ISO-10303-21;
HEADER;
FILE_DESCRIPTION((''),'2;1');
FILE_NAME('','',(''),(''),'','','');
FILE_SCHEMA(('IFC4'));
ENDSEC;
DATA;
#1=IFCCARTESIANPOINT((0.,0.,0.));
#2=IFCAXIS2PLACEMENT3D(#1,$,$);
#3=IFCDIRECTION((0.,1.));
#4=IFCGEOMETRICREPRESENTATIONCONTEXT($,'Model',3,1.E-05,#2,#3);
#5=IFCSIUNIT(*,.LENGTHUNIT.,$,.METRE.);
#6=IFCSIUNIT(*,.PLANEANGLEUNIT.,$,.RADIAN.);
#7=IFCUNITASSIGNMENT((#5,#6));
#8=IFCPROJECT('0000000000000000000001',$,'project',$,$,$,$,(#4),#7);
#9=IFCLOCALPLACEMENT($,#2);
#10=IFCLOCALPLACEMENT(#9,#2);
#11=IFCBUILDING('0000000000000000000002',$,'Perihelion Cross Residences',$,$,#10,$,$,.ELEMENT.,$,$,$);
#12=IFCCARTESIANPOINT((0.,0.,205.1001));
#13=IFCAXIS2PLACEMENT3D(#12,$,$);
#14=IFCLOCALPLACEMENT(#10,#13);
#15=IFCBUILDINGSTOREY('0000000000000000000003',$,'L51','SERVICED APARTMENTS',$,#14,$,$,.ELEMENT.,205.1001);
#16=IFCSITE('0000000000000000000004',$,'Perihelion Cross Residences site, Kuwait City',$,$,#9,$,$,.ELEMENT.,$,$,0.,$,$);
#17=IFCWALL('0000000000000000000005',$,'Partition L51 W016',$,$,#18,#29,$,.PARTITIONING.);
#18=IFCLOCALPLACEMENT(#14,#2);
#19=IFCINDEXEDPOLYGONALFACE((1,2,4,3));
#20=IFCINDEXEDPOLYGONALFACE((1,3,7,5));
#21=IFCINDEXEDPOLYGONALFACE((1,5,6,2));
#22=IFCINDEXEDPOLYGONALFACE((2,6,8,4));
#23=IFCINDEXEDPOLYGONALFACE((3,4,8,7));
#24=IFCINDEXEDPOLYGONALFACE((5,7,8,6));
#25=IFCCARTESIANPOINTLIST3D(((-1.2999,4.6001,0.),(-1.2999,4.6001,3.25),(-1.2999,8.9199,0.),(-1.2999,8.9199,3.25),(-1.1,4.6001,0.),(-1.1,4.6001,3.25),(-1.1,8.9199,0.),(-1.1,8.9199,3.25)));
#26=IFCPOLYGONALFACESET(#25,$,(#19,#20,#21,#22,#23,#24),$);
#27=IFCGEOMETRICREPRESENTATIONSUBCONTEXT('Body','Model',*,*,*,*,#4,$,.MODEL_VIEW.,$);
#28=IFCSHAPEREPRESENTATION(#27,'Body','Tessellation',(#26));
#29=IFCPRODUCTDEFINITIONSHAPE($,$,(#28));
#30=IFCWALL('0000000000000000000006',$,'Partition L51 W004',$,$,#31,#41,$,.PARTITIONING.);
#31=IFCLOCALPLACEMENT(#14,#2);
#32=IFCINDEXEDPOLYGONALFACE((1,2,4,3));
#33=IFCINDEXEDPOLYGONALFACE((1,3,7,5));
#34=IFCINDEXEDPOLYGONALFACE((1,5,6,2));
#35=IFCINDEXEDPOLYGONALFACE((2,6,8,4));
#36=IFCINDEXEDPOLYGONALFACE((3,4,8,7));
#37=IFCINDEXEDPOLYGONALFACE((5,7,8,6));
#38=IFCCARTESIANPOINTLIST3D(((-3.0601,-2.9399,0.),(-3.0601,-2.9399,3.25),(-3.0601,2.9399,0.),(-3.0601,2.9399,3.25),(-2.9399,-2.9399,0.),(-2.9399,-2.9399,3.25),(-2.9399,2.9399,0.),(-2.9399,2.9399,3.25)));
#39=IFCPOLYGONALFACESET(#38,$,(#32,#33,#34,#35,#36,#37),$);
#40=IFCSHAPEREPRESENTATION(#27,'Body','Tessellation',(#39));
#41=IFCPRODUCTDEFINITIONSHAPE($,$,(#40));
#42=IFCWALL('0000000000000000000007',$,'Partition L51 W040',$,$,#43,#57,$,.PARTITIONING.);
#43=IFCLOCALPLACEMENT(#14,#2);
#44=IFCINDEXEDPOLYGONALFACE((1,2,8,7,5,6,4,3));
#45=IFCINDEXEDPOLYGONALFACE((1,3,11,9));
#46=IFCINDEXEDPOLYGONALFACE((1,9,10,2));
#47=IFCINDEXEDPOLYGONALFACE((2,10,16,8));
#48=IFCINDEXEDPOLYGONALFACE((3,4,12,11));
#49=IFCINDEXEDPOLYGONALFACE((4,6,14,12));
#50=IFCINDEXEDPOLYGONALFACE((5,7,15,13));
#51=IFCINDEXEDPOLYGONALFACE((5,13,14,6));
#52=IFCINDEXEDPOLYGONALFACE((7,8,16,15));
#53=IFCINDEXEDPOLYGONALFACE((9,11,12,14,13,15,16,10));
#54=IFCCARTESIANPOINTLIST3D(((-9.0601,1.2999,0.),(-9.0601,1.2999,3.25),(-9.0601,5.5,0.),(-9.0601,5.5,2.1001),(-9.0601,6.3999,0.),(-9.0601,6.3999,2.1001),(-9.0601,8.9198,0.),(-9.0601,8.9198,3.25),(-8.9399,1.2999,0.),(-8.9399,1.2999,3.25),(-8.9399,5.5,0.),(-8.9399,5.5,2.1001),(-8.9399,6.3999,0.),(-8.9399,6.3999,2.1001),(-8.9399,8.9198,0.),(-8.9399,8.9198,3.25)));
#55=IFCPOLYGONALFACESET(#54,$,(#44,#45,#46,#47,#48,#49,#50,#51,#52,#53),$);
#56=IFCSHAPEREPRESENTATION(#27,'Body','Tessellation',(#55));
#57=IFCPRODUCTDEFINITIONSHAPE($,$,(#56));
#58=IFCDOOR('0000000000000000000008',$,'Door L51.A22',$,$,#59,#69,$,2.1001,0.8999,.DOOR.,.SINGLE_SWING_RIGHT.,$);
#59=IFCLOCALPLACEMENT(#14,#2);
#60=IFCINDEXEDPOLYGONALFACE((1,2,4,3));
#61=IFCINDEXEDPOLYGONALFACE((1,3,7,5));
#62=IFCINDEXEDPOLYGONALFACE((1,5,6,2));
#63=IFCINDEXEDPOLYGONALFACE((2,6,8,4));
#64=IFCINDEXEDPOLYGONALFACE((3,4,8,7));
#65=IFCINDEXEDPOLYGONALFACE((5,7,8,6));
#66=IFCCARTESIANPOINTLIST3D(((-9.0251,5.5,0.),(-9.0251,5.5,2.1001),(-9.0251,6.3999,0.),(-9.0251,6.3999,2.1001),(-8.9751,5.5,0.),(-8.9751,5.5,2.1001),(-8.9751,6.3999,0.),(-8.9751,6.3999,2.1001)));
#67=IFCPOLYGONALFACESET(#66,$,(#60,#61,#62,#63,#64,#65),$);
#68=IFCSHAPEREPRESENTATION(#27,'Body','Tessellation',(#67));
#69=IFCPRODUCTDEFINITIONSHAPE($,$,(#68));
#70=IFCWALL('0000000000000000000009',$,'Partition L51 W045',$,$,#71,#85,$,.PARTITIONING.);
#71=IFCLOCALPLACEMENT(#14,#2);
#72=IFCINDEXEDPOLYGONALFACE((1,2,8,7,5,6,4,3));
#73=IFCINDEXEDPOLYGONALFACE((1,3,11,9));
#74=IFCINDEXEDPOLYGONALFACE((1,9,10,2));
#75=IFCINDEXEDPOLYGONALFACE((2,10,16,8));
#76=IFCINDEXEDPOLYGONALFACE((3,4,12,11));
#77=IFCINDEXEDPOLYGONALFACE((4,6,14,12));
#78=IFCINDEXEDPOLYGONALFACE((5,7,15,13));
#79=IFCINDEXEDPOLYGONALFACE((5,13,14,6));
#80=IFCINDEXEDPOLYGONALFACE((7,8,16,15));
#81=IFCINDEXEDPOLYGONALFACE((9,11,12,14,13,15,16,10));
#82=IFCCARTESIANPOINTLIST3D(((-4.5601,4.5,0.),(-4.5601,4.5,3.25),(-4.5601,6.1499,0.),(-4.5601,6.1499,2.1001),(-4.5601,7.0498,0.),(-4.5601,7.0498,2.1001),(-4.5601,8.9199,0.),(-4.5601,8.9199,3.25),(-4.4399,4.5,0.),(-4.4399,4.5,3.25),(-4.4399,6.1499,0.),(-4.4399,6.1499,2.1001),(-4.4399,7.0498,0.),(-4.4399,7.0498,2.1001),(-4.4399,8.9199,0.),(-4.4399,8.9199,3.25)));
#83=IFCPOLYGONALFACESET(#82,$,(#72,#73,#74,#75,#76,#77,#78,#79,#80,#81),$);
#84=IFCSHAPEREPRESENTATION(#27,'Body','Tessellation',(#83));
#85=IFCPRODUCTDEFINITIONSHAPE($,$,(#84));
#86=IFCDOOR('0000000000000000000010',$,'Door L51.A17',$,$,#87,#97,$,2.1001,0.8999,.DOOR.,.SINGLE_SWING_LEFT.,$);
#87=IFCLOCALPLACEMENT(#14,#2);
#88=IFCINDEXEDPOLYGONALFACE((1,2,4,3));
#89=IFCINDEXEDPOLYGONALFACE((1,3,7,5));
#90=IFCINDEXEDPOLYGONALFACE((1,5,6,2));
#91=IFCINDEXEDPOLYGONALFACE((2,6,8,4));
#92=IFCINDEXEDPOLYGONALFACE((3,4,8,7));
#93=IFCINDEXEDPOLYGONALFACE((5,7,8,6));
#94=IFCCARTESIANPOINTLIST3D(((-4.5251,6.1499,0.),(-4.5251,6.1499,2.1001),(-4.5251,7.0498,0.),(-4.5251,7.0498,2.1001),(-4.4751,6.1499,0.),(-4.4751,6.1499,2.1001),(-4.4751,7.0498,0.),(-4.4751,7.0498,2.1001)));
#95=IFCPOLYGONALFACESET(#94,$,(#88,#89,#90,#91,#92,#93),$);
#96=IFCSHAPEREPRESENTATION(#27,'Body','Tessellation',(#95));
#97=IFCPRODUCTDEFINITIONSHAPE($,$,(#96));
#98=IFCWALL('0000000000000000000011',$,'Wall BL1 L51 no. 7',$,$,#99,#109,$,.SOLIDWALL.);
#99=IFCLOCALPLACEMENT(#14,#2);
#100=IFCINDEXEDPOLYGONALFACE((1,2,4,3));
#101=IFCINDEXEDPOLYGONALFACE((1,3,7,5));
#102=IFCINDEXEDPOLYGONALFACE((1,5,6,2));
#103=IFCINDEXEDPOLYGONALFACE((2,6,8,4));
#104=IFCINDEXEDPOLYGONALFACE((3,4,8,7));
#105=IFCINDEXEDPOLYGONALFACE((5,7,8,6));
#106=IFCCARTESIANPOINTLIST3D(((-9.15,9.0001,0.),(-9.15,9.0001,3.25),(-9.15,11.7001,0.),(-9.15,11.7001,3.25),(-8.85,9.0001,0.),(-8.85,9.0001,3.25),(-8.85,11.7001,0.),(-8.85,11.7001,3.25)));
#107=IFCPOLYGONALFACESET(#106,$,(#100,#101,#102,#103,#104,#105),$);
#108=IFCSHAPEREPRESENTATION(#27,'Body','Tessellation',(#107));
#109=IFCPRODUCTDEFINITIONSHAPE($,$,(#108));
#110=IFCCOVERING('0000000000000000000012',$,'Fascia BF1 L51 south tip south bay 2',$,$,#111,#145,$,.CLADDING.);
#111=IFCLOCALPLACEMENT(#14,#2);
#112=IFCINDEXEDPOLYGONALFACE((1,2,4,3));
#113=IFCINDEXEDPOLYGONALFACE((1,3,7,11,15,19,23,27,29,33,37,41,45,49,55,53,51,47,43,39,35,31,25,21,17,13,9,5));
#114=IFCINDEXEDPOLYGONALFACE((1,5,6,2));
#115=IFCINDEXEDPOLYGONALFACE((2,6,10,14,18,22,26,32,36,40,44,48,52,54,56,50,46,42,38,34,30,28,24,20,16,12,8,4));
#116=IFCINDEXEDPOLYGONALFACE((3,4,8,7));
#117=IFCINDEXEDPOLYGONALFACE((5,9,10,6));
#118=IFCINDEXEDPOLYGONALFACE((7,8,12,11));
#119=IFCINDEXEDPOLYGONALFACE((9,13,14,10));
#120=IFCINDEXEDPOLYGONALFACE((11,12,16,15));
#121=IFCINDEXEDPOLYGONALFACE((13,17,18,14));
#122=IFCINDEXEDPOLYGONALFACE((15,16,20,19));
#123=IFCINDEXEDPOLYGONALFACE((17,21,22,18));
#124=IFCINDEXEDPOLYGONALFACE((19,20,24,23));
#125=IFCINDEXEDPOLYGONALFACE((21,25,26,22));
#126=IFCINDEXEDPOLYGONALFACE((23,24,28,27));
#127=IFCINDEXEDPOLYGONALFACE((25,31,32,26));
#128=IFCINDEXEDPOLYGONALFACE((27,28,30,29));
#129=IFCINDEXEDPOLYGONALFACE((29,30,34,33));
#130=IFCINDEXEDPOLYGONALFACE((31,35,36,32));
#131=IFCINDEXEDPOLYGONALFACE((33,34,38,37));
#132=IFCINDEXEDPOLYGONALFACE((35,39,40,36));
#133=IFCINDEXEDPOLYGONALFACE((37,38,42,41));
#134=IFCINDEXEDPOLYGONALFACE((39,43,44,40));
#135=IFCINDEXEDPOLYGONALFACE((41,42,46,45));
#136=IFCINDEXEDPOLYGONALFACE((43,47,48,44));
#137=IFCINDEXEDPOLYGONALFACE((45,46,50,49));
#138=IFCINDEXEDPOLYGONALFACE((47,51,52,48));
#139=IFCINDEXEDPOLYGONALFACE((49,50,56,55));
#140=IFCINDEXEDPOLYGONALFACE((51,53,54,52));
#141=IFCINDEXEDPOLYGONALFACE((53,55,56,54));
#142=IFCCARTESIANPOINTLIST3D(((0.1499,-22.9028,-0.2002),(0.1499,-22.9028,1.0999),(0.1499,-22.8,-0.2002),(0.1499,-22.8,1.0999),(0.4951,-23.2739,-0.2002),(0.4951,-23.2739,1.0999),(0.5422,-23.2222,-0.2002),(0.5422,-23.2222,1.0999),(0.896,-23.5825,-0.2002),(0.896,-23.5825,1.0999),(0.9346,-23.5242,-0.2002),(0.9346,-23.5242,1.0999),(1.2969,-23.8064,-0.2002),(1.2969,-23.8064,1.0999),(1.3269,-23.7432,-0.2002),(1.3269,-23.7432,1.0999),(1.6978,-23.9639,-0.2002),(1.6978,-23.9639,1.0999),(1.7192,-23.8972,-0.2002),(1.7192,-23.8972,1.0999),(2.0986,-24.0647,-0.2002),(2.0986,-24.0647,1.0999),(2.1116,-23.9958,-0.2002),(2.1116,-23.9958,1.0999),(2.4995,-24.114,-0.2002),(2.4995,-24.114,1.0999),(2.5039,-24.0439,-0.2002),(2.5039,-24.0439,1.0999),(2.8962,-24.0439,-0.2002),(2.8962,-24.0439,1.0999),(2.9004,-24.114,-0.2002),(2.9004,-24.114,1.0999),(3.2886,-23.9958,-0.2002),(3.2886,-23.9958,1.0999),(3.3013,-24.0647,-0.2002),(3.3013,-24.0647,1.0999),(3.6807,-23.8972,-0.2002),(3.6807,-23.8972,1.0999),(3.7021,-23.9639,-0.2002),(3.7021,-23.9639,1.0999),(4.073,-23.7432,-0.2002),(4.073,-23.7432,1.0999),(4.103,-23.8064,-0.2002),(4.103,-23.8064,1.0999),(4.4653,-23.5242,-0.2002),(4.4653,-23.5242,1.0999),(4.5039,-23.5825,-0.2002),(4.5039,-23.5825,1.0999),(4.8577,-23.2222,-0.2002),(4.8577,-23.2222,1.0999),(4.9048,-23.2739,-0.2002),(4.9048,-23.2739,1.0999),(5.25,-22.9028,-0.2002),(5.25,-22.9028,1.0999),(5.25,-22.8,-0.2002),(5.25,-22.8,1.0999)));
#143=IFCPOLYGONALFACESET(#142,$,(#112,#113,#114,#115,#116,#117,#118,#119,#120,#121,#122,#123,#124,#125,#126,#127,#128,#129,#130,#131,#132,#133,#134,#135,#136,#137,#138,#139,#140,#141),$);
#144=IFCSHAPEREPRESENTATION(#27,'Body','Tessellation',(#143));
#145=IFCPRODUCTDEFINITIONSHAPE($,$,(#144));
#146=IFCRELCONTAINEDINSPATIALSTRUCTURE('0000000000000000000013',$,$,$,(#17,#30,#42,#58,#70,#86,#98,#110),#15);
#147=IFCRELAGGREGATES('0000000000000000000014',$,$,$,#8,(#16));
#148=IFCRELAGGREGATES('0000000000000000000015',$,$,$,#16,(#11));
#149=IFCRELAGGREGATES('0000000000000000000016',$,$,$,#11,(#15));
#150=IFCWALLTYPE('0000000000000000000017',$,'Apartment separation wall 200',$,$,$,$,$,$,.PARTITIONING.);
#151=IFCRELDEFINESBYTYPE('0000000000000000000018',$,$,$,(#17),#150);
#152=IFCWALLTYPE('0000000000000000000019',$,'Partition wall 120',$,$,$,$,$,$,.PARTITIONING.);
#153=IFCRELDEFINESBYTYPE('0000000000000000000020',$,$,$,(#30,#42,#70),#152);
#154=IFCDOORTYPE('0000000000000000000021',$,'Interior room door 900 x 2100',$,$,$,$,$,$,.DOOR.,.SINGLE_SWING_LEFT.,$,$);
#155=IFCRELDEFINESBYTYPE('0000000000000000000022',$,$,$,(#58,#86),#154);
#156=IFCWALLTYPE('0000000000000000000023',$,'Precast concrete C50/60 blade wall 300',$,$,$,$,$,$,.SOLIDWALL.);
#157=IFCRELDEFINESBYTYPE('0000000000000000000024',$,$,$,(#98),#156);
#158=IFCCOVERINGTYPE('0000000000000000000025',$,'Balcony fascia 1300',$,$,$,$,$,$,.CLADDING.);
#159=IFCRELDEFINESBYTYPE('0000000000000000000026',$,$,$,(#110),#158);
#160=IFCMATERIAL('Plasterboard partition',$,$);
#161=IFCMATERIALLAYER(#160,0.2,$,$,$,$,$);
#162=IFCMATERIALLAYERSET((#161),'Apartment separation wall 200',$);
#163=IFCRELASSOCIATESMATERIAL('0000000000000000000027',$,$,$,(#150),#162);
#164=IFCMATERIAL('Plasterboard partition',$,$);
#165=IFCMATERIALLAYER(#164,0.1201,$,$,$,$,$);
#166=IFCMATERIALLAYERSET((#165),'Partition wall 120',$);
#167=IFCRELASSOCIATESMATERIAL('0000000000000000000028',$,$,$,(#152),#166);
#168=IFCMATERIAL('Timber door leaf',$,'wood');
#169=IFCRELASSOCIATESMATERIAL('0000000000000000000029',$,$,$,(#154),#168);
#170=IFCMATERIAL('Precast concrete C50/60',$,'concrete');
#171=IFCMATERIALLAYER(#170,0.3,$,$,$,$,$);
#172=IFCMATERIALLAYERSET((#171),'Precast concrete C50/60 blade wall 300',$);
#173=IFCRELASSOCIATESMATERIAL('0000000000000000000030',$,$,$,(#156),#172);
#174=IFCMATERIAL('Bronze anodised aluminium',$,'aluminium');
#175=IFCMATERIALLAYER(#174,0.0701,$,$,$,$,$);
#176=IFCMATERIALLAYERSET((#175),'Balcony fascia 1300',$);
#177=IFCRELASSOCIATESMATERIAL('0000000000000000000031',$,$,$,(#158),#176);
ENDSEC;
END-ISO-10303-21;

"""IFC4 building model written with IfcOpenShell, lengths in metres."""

from ifc_helpers import new_model, si_unit, direction, frame, frame_2d, origin, place, context, subcontext, project, spatial, polyline, rectangle, outline, extrude, material, layer, layer_set, type_object, element, fill, save


model = new_model("IFC4")

# Units and contexts
model_context = context("Model", 3, precision=1e-05, world=origin(), true_north=direction((0.0, 1.0)))
body_context = subcontext(model_context, "Body", "Model", "MODEL_VIEW")
ifc_project = project(units=[si_unit("LENGTHUNIT", "METRE"), si_unit("PLANEANGLEUNIT", "RADIAN")], contexts=[model_context])

# Site, building, storey
site_placement = place(None, origin())
site = spatial("IfcSite", under=ifc_project, at=site_placement, Name="Perihelion Cross Residences site, Kuwait City", CompositionType="ELEMENT", RefElevation=0.0)
building_placement = place(site_placement, origin())
building = spatial("IfcBuilding", under=site, at=building_placement, Name="Perihelion Cross Residences", CompositionType="ELEMENT")
storey_placement = place(building_placement, frame((0.0, 0.0, 205.1001)))
storey = spatial("IfcBuildingStorey", under=building, at=storey_placement, Name="L51", Description="SERVICED APARTMENTS", CompositionType="ELEMENT", Elevation=205.1001)

# Wall
ifc_material_1 = material(Name="Plasterboard partition")
ifc_layer_1 = layer(ifc_material_1, 0.2)
ifc_layer_set_1 = layer_set([ifc_layer_1], Name="Apartment separation wall 200")
wall_type_1 = type_object("IfcWallType", Name="Apartment separation wall 200", PredefinedType="PARTITIONING", material=ifc_layer_set_1)
wall_1_placement = place(storey_placement, frame((-1.2, 4.6001, 0.0), z_axis=(0.0, 0.0, 1.0), x_axis=(0.0, 1.0, 0.0)))
element("IfcWall", 1, at=wall_1_placement, inside=storey, type_object=wall_type_1, Name="Partition L51 W016", PredefinedType="PARTITIONING", context=body_context, shape_type="SweptSolid", body=[
    extrude(rectangle(XDim=4.3198, YDim=0.2, at=frame_2d((2.1599, 0.0))), origin(), (0.0, 0.0, 1.0), 3.25),
])

# Wall
ifc_material_2 = material(Name="Plasterboard partition")
ifc_layer_2 = layer(ifc_material_2, 0.1201)
ifc_layer_set_2 = layer_set([ifc_layer_2], Name="Partition wall 120")
wall_type_2 = type_object("IfcWallType", Name="Partition wall 120", PredefinedType="PARTITIONING", material=ifc_layer_set_2)
wall_2_placement = place(storey_placement, frame((-3.0, 2.9399, 0.0), z_axis=(0.0, 0.0, 1.0), x_axis=(0.0, -1.0, 0.0)))
element("IfcWall", 2, at=wall_2_placement, inside=storey, type_object=wall_type_2, Name="Partition L51 W004", PredefinedType="PARTITIONING", context=body_context, shape_type="SweptSolid", body=[
    extrude(rectangle(XDim=5.8799, YDim=0.1201, at=frame_2d((2.9399, 0.0))), origin(), (0.0, 0.0, 1.0), 3.25),
])

# Walls, openings, doors
wall_3_placement = place(storey_placement, frame((-9.0, 8.9199, 0.0), z_axis=(0.0, 0.0, 1.0), x_axis=(0.0, -1.0, 0.0)))
wall_3 = element("IfcWall", 3, at=wall_3_placement, inside=storey, type_object=wall_type_2, Name="Partition L51 W040", PredefinedType="PARTITIONING", context=body_context, shape_type="SweptSolid", body=[
    extrude(rectangle(XDim=7.6199, YDim=0.1201, at=frame_2d((3.8101, 0.0))), origin(), (0.0, 0.0, 1.0), 3.25),
])
opening_1_placement = place(wall_3_placement, frame((2.52, 0.0, 0.0)))
opening_1 = element("IfcOpeningElement", 4, at=opening_1_placement, cuts=wall_3, PredefinedType="OPENING", context=body_context, shape_type="SweptSolid", body=[
    extrude(rectangle(XDim=0.8999, YDim=2.1001, at=frame_2d((0.45, 1.05))), frame((0.0, 0.0701, 0.0), z_axis=(0.0, -1.0, 0.0), x_axis=(1.0, 0.0, 0.0)), (0.0, 0.0, 1.0), 0.1401),
])
ifc_material_3 = material(Name="Timber door leaf", Category="wood")
door_type_1 = type_object("IfcDoorType", Name="Interior room door 900 x 2100", OperationType="SINGLE_SWING_LEFT", PredefinedType="DOOR", material=ifc_material_3)
door_1_placement = place(opening_1_placement, origin())
door_1 = element("IfcDoor", 5, at=door_1_placement, inside=storey, type_object=door_type_1, Name="Door L51.A22", OperationType="SINGLE_SWING_RIGHT", OverallHeight=2.1001, OverallWidth=0.8999, PredefinedType="DOOR", context=body_context, shape_type="SweptSolid", body=[
    extrude(rectangle(XDim=0.8999, YDim=2.1001, at=frame_2d((0.45, 1.05))), frame((0.0, 0.0249, 0.0), z_axis=(0.0, -1.0, 0.0), x_axis=(1.0, 0.0, 0.0)), (0.0, 0.0, 1.0), 0.05),
])
fill(opening_1, door_1)
wall_4_placement = place(storey_placement, frame((-4.5, 8.9199, 0.0), z_axis=(0.0, 0.0, 1.0), x_axis=(0.0, -1.0, 0.0)))
wall_4 = element("IfcWall", 6, at=wall_4_placement, inside=storey, type_object=wall_type_2, Name="Partition L51 W045", PredefinedType="PARTITIONING", context=body_context, shape_type="SweptSolid", body=[
    extrude(rectangle(XDim=4.4199, YDim=0.1201, at=frame_2d((2.21, 0.0))), origin(), (0.0, 0.0, 1.0), 3.25),
])
opening_2_placement = place(wall_4_placement, frame((1.8701, 0.0, 0.0)))
opening_2 = element("IfcOpeningElement", 7, at=opening_2_placement, cuts=wall_4, PredefinedType="OPENING", context=body_context, shape_type="SweptSolid", body=[
    extrude(rectangle(XDim=0.8999, YDim=2.1001, at=frame_2d((0.45, 1.05))), frame((0.0, 0.0701, 0.0), z_axis=(0.0, -1.0, 0.0), x_axis=(1.0, 0.0, 0.0)), (0.0, 0.0, 1.0), 0.1401),
])
door_2_placement = place(opening_2_placement, origin())
door_2 = element("IfcDoor", 8, at=door_2_placement, inside=storey, type_object=door_type_1, Name="Door L51.A17", OperationType="SINGLE_SWING_LEFT", OverallHeight=2.1001, OverallWidth=0.8999, PredefinedType="DOOR", context=body_context, shape_type="SweptSolid", body=[
    extrude(rectangle(XDim=0.8999, YDim=2.1001, at=frame_2d((0.45, 1.05))), frame((0.0, 0.0249, 0.0), z_axis=(0.0, -1.0, 0.0), x_axis=(1.0, 0.0, 0.0)), (0.0, 0.0, 1.0), 0.05),
])
fill(opening_2, door_2)

# Wall
ifc_material_4 = material(Name="Precast concrete C50/60", Category="concrete")
ifc_layer_3 = layer(ifc_material_4, 0.3)
ifc_layer_set_3 = layer_set([ifc_layer_3], Name="Precast concrete C50/60 blade wall 300")
wall_type_3 = type_object("IfcWallType", Name="Precast concrete C50/60 blade wall 300", PredefinedType="SOLIDWALL", material=ifc_layer_set_3)
wall_5_placement = place(storey_placement, frame((-9.0, 9.0, 0.0), z_axis=(0.0, 0.0, 1.0), x_axis=(0.0, 1.0, 0.0)))
element("IfcWall", 9, at=wall_5_placement, inside=storey, type_object=wall_type_3, Name="Wall BL1 L51 no. 7", PredefinedType="SOLIDWALL", context=body_context, shape_type="SweptSolid", body=[
    extrude(rectangle(XDim=2.7, YDim=0.3, at=frame_2d((1.3501, 0.0))), origin(), (0.0, 0.0, 1.0), 3.25),
])

# Covering
ifc_material_5 = material(Name="Bronze anodised aluminium", Category="aluminium")
ifc_layer_4 = layer(ifc_material_5, 0.0701)
ifc_layer_set_4 = layer_set([ifc_layer_4], Name="Balcony fascia 1300")
covering_type = type_object("IfcCoveringType", Name="Balcony fascia 1300", PredefinedType="CLADDING", material=ifc_layer_set_4)
covering_placement = place(storey_placement, frame((0.0, 0.0, -0.2002)))
element("IfcCovering", 10, at=covering_placement, inside=storey, type_object=covering_type, Name="Fascia BF1 L51 south tip south bay 2", PredefinedType="CLADDING", context=body_context, shape_type="SweptSolid", body=[
    extrude(outline(polyline([(0.4951, -23.2739), (0.896, -23.5825), (1.2969, -23.8064), (1.6978, -23.9639), (2.0986, -24.0647), (2.4995, -24.114), (2.9004, -24.114), (3.3013, -24.0647), (3.7021, -23.9639), (4.103, -23.8064), (4.5039, -23.5825), (4.9048, -23.2739), (5.25, -22.9028), (5.25, -22.8), (4.8577, -23.2222), (4.4653, -23.5242), (4.073, -23.7432), (3.6807, -23.8972), (3.2886, -23.9958), (2.8962, -24.0439), (2.5039, -24.0439), (2.1116, -23.9958), (1.7192, -23.8972), (1.3269, -23.7432), (0.9346, -23.5242), (0.5422, -23.2222), (0.1499, -22.8), (0.1499, -22.9028), (0.4951, -23.2739)])), origin(), (0.0, 0.0, 1.0), 1.3),
])

save(model, "model.ifc")
